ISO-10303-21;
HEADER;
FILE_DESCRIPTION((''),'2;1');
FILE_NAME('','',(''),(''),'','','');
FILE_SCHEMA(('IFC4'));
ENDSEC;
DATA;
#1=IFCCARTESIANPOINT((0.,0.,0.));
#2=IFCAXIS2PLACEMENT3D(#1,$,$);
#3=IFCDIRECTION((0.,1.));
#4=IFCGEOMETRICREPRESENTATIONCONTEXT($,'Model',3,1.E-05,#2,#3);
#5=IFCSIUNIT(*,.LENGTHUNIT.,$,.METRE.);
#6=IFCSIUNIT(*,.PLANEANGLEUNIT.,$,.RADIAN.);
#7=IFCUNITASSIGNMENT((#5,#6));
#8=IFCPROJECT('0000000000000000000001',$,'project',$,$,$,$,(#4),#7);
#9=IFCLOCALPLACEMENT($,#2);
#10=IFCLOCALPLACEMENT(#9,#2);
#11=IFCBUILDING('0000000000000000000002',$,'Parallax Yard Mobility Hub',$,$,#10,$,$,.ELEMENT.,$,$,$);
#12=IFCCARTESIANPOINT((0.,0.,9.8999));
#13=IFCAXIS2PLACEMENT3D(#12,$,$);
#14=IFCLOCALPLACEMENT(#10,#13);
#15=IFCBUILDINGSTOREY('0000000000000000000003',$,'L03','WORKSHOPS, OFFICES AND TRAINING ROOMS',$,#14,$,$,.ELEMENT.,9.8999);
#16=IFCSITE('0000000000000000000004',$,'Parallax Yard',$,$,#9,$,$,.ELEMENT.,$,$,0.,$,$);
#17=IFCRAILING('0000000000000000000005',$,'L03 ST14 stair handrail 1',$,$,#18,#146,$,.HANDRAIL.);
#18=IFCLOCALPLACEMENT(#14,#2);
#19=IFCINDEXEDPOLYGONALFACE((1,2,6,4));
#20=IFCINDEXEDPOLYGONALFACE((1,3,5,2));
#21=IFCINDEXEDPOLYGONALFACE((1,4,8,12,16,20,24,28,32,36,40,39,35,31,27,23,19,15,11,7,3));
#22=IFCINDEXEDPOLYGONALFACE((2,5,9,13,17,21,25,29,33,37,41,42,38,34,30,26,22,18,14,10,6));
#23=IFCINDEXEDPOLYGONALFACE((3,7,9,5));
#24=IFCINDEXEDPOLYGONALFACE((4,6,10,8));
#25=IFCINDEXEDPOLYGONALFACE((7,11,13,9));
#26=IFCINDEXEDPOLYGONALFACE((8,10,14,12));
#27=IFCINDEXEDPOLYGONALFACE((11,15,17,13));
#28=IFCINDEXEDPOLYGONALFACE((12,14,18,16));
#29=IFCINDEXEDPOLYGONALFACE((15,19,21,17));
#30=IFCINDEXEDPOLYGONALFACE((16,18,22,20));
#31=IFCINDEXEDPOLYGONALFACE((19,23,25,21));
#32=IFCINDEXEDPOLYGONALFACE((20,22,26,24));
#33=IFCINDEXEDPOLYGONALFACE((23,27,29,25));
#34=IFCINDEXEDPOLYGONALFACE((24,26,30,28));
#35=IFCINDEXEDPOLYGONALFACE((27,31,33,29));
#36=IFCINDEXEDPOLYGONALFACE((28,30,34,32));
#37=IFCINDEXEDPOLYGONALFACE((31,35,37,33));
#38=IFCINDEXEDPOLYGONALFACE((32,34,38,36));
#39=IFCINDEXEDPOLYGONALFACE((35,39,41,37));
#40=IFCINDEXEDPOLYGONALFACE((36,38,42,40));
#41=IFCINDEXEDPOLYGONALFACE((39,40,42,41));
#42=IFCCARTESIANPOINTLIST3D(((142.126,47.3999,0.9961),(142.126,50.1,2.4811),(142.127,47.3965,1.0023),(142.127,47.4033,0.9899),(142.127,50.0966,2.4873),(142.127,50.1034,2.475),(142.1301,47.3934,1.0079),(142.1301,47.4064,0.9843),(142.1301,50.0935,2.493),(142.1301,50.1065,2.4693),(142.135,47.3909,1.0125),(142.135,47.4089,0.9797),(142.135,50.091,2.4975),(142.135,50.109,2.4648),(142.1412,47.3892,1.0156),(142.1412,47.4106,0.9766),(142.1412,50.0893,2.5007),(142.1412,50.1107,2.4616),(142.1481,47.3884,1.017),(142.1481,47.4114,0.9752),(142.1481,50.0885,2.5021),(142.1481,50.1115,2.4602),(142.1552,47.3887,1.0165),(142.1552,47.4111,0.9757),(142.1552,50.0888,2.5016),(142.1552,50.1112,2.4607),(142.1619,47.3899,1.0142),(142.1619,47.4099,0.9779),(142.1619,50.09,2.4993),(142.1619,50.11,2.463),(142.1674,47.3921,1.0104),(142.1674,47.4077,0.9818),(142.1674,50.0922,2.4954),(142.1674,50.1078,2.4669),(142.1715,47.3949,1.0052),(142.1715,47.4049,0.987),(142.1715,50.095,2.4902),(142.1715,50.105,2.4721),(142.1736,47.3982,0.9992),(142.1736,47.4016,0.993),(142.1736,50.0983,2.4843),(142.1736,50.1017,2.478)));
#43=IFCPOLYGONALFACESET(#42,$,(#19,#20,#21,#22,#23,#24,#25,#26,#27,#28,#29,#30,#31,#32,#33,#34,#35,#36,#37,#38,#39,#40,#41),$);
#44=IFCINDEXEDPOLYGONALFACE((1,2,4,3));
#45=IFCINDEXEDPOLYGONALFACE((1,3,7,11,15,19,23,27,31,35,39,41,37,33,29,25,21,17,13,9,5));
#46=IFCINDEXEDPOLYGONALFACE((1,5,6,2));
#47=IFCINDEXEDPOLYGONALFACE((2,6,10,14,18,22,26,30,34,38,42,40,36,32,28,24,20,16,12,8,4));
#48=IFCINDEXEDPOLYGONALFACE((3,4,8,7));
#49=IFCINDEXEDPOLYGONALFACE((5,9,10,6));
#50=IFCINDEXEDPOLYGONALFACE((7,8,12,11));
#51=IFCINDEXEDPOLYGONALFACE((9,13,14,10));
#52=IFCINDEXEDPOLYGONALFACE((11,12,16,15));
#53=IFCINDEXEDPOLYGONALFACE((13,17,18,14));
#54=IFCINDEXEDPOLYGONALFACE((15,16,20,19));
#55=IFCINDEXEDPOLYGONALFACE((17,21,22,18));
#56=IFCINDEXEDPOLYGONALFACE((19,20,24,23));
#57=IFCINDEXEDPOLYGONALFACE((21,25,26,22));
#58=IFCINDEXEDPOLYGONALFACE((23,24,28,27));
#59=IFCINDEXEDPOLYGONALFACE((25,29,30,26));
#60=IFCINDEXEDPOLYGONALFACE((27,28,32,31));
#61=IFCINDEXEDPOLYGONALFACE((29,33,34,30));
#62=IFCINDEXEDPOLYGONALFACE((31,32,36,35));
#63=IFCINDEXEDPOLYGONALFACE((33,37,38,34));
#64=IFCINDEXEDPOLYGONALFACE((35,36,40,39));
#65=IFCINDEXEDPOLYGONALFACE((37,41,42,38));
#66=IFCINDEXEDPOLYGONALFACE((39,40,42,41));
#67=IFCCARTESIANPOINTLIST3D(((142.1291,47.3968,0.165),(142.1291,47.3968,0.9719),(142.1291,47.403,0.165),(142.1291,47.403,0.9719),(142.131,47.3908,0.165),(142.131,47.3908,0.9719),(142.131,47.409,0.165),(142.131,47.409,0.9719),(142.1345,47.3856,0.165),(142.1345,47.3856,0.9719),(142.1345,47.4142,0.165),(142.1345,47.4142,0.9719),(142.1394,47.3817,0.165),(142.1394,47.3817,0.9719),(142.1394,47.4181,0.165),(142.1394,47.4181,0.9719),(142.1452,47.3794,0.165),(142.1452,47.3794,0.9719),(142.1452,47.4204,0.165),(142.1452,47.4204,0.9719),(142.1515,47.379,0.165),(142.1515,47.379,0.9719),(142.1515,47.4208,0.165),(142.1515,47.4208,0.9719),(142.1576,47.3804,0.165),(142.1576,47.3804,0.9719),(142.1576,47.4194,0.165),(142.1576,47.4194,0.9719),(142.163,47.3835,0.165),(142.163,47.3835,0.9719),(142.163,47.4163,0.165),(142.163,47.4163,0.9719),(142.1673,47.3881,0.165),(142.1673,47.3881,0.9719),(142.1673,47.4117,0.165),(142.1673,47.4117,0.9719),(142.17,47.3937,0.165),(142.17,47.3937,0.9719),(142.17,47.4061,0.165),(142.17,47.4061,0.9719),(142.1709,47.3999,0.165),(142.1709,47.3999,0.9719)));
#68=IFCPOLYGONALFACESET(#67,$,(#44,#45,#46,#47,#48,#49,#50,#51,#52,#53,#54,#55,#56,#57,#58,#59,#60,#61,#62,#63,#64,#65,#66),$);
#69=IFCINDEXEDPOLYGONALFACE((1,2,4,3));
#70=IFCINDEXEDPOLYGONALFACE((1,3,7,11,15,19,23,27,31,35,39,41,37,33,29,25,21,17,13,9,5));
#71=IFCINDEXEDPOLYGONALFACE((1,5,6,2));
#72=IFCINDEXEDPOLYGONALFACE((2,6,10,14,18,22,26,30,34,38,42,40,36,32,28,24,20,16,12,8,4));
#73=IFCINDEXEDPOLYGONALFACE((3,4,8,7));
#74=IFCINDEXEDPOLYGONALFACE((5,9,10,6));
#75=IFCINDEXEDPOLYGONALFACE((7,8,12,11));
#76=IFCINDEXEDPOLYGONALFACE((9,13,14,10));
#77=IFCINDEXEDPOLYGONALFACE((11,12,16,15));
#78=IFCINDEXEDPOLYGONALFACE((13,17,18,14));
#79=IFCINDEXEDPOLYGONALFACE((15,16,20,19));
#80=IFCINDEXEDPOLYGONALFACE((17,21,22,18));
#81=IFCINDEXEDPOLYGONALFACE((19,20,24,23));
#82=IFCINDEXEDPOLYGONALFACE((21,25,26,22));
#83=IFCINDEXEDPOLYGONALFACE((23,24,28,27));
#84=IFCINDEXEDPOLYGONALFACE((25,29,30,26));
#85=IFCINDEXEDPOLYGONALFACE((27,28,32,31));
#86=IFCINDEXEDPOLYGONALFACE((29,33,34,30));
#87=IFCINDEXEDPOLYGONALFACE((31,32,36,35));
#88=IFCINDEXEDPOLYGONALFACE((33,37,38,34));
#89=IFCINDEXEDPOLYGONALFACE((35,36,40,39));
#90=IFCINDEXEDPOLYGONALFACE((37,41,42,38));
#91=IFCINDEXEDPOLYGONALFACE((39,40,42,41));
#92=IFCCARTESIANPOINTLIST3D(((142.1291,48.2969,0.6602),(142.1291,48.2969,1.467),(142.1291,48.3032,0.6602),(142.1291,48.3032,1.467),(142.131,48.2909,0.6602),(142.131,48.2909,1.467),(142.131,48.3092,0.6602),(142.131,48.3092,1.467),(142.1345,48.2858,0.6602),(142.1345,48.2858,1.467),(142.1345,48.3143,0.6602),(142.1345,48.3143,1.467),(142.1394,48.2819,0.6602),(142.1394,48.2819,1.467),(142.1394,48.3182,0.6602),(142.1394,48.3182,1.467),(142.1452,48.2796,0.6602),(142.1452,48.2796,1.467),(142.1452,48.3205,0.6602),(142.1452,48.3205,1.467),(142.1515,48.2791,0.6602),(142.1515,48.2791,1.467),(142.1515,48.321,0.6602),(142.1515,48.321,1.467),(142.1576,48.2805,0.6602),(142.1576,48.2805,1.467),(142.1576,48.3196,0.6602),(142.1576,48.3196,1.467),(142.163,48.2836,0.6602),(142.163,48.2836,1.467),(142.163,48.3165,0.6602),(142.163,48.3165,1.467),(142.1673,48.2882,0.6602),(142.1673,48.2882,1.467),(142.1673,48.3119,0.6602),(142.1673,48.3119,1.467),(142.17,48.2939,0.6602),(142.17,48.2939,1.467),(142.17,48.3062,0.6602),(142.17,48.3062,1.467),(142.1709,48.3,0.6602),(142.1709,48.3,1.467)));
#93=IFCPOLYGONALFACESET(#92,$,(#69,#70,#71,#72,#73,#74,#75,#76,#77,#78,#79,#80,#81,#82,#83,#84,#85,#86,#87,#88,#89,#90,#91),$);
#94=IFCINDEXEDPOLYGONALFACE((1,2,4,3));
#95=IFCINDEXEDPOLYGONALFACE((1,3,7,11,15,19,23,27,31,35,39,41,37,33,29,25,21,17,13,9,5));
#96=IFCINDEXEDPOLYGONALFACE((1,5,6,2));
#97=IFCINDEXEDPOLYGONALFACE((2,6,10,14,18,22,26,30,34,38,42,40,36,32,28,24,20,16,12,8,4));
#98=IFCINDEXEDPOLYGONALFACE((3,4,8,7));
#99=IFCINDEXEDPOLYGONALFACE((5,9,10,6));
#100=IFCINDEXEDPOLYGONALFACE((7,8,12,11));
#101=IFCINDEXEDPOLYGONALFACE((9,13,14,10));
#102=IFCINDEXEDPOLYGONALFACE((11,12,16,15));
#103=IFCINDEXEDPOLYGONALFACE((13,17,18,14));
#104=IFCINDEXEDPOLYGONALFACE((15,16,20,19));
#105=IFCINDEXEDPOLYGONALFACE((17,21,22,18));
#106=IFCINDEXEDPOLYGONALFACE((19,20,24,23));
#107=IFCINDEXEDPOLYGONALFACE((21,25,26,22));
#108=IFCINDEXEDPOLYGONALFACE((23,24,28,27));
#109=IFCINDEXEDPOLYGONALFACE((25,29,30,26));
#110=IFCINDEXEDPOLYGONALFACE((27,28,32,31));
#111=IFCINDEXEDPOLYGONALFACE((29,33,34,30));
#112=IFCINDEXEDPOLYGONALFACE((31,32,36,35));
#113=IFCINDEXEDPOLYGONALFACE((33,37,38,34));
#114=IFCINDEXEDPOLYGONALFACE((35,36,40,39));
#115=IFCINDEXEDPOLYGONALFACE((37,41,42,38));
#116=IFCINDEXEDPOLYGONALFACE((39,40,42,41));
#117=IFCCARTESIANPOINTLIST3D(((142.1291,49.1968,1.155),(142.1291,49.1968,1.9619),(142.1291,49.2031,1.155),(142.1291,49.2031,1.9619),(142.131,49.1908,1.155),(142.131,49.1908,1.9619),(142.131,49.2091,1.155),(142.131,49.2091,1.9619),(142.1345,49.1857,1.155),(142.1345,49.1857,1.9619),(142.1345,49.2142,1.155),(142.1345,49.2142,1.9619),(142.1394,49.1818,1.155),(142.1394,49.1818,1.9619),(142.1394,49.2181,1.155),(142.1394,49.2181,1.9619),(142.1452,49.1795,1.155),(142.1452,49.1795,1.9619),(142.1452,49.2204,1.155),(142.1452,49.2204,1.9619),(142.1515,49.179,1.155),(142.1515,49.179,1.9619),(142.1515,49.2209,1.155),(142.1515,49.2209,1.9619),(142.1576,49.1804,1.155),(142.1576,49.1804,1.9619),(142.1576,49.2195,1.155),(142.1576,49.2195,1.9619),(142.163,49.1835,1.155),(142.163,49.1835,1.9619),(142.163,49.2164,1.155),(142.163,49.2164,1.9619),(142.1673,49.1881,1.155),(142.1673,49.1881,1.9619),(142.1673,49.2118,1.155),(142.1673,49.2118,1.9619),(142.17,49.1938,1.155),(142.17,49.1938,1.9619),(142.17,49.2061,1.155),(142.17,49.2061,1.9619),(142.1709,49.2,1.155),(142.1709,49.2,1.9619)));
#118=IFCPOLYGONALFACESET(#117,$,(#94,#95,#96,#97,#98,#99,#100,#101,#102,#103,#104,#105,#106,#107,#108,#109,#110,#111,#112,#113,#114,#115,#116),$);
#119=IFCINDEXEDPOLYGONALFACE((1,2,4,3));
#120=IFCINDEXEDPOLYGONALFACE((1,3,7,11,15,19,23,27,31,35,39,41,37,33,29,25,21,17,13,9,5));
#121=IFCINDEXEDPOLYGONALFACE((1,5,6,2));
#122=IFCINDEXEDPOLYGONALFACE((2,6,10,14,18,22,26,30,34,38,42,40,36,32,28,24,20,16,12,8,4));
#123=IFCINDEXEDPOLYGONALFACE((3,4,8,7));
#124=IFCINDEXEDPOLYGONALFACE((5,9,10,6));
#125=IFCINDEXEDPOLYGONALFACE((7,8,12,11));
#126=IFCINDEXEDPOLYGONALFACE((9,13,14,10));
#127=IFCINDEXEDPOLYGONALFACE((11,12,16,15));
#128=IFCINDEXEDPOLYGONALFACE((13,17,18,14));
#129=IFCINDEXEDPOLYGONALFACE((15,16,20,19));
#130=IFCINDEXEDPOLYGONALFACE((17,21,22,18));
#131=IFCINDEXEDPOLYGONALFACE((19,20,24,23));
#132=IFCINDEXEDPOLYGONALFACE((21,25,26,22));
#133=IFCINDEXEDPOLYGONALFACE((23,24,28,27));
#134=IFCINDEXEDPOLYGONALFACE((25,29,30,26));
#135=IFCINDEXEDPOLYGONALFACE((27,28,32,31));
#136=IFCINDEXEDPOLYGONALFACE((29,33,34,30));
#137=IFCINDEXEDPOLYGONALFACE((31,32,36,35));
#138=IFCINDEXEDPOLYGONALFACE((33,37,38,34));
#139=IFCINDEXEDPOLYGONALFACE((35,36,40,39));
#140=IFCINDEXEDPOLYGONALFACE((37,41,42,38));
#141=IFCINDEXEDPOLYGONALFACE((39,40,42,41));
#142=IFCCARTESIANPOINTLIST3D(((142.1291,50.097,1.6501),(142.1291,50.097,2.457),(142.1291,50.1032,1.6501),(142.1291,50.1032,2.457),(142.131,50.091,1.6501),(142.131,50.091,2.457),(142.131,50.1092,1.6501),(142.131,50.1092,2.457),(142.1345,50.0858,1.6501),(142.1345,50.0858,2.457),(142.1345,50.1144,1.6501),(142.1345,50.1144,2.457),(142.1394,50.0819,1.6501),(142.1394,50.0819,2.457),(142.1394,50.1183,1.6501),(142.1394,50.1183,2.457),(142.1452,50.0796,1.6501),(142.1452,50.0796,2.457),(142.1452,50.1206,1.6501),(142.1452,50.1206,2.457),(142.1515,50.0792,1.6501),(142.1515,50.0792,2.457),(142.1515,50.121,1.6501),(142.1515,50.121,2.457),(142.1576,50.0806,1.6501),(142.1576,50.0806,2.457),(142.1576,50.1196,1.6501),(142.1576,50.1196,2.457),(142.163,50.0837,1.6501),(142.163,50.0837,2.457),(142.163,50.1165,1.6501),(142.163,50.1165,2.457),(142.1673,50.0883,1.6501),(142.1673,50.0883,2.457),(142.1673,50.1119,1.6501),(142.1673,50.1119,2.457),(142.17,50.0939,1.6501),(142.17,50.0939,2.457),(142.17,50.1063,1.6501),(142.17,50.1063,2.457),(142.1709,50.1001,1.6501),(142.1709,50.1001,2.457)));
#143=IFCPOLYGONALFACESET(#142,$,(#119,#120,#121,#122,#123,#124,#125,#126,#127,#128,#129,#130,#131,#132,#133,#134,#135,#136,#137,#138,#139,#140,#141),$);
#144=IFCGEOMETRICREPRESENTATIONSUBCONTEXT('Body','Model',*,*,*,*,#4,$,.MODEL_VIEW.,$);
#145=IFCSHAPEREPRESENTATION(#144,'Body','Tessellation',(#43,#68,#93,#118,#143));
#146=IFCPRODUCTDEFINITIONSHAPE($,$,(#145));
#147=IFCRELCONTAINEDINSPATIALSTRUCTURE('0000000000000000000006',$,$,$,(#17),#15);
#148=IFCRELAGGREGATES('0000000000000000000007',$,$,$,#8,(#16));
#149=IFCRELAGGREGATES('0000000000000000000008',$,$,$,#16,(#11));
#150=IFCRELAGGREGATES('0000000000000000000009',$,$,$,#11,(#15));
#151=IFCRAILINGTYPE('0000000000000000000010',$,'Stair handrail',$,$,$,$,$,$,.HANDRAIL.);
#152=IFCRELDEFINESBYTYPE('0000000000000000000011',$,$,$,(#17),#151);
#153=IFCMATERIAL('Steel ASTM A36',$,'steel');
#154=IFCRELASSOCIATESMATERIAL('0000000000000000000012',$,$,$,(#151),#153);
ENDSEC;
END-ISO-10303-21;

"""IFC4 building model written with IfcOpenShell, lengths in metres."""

from ifc_helpers import new_model, si_unit, direction, frame, origin, origin_2d, place, context, subcontext, project, spatial, circle, extrude, material, type_object, element, save


model = new_model("IFC4")

# Units and contexts
model_context = context("Model", 3, precision=1e-05, world=origin(), true_north=direction((0.0, 1.0)))
body_context = subcontext(model_context, "Body", "Model", "MODEL_VIEW")
ifc_project = project(units=[si_unit("LENGTHUNIT", "METRE"), si_unit("PLANEANGLEUNIT", "RADIAN")], contexts=[model_context])

# Site, building, storey
site_placement = place(None, origin())
site = spatial("IfcSite", under=ifc_project, at=site_placement, Name="Parallax Yard", CompositionType="ELEMENT", RefElevation=0.0)
building_placement = place(site_placement, origin())
building = spatial("IfcBuilding", under=site, at=building_placement, Name="Parallax Yard Mobility Hub", CompositionType="ELEMENT")
storey_placement = place(building_placement, frame((0.0, 0.0, 9.8999)))
storey = spatial("IfcBuildingStorey", under=building, at=storey_placement, Name="L03", Description="WORKSHOPS, OFFICES AND TRAINING ROOMS", CompositionType="ELEMENT", Elevation=9.8999)

# Railing
ifc_material_1 = material(Name="Steel ASTM A36", Category="steel")
railing_type_1 = type_object("IfcRailingType", Name="Stair handrail", PredefinedType="HANDRAIL", material=ifc_material_1)
railing_1_placement = place(storey_placement, frame((142.1499, 47.3999, 0.165)))
element("IfcRailing", 1, at=railing_1_placement, inside=storey, type_object=railing_type_1, Name="L03 ST14 stair handrail 1", PredefinedType="HANDRAIL", context=body_context, shape_type="SweptSolid", body=[
    extrude(circle(Radius=0.0239, at=origin_2d()), frame((0.0, 0.0, 0.8311), z_axis=(0.0, 0.876216, 0.481919), x_axis=(-1.0, 0.0, 0.0)), (0.0, 0.0, 1.0), 3.0815),
    extrude(circle(Radius=0.021, at=origin_2d()), origin(), (0.0, 0.0, 1.0), 0.8069),
    extrude(circle(Radius=0.021, at=origin_2d()), frame((0.0, 0.9001, 0.4951)), (0.0, 0.0, 1.0), 0.8069),
    extrude(circle(Radius=0.021, at=origin_2d()), frame((0.0, 1.8, 0.99)), (0.0, 0.0, 1.0), 0.8069),
    extrude(circle(Radius=0.021, at=origin_2d()), frame((0.0, 2.7002, 1.4851)), (0.0, 0.0, 1.0), 0.8069),
])

save(model, "model.ifc")
